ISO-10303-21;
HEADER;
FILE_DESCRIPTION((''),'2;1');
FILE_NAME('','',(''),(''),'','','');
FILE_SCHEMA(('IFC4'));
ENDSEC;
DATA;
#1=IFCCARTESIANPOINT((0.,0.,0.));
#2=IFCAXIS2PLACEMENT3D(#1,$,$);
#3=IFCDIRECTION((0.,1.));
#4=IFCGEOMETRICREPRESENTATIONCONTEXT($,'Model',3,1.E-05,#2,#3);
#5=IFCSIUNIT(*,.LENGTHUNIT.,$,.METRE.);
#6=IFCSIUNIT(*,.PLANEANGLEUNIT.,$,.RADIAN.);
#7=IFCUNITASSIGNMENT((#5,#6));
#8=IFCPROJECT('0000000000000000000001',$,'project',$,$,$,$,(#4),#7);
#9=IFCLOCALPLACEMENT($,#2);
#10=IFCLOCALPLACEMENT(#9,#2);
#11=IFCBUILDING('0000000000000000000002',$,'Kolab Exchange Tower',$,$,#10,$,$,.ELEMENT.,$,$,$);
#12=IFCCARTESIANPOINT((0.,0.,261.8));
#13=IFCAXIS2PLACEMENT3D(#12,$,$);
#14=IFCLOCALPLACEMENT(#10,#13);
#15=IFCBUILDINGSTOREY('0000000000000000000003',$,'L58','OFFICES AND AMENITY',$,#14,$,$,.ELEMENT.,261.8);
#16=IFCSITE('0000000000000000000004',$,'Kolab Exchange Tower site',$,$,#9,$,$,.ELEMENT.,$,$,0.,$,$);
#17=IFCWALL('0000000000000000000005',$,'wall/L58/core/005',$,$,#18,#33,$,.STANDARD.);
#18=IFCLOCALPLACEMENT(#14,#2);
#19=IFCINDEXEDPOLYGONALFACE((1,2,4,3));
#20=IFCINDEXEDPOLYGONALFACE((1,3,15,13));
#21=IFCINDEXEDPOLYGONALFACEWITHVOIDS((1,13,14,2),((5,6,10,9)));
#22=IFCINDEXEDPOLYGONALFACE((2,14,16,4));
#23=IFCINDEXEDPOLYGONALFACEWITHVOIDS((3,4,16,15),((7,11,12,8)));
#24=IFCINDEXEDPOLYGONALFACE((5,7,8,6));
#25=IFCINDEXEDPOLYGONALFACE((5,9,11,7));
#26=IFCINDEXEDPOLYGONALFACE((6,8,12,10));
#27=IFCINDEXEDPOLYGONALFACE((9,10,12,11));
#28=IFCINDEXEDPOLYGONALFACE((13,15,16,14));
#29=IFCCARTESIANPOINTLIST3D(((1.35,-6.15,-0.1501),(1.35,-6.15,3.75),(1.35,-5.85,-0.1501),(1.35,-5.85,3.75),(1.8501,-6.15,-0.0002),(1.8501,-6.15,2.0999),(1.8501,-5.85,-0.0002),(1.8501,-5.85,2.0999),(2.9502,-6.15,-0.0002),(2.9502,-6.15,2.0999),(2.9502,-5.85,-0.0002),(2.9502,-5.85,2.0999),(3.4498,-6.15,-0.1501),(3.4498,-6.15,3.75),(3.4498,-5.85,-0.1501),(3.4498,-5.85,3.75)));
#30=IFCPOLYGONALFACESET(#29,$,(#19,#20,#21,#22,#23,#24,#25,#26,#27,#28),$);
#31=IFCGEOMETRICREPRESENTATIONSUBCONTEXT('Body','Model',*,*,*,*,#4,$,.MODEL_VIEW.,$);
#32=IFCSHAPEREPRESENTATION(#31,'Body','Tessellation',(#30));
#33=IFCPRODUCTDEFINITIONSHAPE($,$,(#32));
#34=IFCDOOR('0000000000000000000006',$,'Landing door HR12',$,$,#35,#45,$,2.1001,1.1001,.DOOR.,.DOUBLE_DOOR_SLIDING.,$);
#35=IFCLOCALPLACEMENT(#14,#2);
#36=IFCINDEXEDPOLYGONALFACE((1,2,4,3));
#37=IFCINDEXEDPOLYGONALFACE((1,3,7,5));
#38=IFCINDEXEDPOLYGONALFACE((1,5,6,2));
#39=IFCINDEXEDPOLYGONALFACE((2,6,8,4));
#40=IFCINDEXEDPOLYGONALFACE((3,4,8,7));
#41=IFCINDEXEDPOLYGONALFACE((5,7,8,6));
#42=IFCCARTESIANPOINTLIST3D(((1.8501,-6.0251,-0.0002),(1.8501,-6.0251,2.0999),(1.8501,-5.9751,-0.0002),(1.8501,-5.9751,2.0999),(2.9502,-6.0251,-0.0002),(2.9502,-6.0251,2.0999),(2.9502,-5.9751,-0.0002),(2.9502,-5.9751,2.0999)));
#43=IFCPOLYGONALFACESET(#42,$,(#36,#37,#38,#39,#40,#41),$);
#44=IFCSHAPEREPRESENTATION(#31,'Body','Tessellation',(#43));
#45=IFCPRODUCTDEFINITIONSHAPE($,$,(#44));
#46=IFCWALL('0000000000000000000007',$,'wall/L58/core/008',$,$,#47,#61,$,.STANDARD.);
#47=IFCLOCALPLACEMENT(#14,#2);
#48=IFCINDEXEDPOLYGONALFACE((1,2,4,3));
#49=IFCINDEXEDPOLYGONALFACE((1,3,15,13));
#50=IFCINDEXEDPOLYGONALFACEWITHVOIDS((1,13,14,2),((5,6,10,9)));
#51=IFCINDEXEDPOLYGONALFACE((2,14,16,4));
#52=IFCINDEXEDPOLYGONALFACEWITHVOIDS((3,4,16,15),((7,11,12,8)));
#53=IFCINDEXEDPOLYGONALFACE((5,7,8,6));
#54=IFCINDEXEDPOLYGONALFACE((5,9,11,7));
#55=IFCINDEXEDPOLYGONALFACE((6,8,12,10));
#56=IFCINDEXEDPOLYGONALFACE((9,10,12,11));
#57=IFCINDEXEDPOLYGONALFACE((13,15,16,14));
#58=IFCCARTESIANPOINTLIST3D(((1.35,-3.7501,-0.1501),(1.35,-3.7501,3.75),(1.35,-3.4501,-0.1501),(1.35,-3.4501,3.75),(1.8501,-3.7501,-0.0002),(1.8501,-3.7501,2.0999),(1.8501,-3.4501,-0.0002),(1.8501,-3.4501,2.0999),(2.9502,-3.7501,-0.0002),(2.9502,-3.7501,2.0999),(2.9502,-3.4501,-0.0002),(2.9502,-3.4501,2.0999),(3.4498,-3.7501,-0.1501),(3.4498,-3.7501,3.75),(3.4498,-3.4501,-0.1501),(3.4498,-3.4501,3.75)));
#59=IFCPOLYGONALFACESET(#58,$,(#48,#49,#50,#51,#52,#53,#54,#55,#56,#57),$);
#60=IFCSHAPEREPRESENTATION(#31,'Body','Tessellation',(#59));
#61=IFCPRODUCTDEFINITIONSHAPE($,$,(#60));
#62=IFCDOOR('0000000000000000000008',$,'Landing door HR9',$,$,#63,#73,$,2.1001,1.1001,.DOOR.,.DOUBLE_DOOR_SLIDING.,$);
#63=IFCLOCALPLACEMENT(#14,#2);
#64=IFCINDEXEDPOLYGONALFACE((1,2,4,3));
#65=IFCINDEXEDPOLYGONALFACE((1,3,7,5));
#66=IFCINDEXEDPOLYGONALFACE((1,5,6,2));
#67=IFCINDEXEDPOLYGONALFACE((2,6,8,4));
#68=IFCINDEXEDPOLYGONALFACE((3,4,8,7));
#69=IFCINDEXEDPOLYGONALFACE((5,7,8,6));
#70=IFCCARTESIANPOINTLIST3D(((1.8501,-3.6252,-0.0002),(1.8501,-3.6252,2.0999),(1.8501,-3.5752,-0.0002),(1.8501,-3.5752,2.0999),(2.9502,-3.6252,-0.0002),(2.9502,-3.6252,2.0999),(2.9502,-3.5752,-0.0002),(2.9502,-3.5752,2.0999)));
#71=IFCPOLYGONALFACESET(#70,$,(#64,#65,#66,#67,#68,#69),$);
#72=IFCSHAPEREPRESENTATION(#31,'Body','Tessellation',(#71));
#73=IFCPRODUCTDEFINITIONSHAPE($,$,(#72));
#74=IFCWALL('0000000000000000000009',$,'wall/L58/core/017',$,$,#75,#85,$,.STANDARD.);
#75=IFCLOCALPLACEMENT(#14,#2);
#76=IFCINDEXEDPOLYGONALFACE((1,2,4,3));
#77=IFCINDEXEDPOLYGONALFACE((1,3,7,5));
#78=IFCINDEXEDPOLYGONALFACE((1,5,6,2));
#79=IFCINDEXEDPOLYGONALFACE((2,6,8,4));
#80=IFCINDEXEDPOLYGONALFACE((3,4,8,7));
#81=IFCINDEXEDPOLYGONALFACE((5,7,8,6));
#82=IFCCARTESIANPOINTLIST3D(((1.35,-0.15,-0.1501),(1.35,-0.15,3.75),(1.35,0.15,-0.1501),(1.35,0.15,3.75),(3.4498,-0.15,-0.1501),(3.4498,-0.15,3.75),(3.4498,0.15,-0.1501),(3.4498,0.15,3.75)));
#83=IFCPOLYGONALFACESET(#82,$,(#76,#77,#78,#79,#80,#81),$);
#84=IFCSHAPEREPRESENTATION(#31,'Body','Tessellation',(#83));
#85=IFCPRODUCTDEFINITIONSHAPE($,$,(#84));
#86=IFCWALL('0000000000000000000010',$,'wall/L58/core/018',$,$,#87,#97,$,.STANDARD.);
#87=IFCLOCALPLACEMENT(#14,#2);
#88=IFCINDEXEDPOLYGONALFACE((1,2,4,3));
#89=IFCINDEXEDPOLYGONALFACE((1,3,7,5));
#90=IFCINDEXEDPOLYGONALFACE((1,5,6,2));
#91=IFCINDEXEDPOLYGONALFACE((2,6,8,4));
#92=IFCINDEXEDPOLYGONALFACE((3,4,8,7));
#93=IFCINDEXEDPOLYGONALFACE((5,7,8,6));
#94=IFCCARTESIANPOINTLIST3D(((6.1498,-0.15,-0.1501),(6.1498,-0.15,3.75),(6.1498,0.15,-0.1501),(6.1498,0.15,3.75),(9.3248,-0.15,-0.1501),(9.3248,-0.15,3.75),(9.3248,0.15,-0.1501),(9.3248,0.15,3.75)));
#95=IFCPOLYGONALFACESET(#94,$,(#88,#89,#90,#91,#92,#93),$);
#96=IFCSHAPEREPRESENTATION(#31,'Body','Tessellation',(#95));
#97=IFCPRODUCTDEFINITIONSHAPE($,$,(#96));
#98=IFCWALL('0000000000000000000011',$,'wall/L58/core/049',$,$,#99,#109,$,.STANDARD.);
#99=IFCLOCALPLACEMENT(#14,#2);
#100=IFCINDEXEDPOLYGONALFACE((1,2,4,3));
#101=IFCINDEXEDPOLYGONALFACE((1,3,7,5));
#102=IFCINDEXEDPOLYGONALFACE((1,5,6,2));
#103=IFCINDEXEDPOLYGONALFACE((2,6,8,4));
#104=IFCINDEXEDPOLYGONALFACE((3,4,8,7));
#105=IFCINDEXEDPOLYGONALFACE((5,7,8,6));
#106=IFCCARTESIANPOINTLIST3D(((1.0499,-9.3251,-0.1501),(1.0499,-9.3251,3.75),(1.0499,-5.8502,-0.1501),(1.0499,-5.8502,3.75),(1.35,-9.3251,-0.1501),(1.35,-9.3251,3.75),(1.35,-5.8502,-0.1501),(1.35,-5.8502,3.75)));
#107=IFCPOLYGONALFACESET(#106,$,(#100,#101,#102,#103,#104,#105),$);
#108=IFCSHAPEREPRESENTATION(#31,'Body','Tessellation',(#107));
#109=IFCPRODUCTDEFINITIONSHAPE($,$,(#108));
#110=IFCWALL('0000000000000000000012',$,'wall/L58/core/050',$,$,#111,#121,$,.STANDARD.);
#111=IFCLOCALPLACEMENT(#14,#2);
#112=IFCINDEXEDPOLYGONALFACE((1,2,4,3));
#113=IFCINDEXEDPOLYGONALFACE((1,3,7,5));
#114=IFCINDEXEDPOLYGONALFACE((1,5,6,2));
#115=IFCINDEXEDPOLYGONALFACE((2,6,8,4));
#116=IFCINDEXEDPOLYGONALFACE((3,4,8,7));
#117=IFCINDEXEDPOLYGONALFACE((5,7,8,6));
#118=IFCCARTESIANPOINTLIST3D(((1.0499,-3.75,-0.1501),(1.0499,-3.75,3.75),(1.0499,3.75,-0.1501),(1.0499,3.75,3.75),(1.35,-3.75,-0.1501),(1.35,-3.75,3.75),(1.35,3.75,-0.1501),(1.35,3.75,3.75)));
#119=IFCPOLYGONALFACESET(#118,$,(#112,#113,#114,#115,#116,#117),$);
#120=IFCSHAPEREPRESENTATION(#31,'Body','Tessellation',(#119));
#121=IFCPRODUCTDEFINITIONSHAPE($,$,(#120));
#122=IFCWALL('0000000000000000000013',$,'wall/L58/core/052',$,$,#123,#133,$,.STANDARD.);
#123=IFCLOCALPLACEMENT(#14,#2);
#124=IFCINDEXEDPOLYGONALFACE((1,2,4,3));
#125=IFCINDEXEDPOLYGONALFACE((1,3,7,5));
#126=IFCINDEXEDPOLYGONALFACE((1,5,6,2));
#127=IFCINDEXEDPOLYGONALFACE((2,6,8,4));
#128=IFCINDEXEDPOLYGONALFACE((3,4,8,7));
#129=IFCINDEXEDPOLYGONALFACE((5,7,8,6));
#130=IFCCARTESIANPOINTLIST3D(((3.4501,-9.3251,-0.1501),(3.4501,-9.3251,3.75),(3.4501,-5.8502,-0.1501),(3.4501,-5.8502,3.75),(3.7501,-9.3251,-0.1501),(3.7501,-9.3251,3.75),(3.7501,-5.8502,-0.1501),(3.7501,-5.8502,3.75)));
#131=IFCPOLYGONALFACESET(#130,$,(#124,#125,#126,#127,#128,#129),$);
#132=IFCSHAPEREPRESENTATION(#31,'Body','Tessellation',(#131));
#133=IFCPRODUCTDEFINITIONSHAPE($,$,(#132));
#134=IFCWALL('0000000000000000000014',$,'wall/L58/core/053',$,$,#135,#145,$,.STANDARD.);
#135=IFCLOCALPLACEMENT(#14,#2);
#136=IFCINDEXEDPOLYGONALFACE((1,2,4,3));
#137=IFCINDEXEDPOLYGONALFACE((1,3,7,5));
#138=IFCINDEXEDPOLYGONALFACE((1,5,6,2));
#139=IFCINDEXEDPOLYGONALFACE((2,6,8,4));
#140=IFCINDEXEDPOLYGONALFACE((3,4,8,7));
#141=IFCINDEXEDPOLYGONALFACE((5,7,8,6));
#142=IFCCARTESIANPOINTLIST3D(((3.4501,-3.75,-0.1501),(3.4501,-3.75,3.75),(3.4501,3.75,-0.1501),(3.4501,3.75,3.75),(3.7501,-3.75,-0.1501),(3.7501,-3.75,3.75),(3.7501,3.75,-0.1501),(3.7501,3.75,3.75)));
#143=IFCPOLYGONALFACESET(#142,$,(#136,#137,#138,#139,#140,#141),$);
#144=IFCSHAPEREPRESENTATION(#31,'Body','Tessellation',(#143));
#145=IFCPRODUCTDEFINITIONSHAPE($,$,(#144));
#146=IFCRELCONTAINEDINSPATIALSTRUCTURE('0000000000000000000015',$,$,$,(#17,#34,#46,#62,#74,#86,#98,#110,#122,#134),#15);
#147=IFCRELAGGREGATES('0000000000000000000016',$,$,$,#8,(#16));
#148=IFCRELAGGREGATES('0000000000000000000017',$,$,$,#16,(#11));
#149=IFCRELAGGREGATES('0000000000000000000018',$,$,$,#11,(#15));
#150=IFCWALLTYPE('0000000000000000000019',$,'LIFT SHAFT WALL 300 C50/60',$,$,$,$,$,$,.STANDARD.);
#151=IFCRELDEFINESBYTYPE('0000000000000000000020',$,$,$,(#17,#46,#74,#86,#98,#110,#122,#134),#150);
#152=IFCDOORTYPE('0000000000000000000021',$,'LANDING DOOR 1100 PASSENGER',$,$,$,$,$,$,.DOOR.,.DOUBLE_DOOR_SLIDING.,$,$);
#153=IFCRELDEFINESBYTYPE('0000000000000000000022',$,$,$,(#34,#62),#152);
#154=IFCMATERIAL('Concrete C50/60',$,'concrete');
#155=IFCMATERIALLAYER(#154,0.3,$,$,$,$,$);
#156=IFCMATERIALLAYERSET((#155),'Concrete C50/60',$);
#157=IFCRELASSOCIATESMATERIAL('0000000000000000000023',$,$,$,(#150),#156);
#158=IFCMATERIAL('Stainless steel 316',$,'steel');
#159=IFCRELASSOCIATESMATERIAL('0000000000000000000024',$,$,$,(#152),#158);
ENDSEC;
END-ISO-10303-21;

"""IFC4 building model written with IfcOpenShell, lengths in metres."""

from ifc_helpers import new_model, si_unit, direction, frame, frame_2d, origin, place, context, subcontext, project, spatial, rectangle, extrude, material, layer, layer_set, type_object, element, fill, save


model = new_model("IFC4")

# Units and contexts
model_context = context("Model", 3, precision=1e-05, world=origin(), true_north=direction((0.0, 1.0)))
body_context = subcontext(model_context, "Body", "Model", "MODEL_VIEW")
ifc_project = project(units=[si_unit("LENGTHUNIT", "METRE"), si_unit("PLANEANGLEUNIT", "RADIAN")], contexts=[model_context])

# Site, building, storey
site_placement = place(None, origin())
site = spatial("IfcSite", under=ifc_project, at=site_placement, Name="Kolab Exchange Tower site", CompositionType="ELEMENT", RefElevation=0.0)
building_placement = place(site_placement, origin())
building = spatial("IfcBuilding", under=site, at=building_placement, Name="Kolab Exchange Tower", CompositionType="ELEMENT")
storey_placement = place(building_placement, frame((0.0, 0.0, 261.8)))
storey = spatial("IfcBuildingStorey", under=building, at=storey_placement, Name="L58", Description="OFFICES AND AMENITY", CompositionType="ELEMENT", Elevation=261.8)

# Walls, openings, doors
ifc_material_1 = material(Name="Concrete C50/60", Category="concrete")
ifc_layer_1 = layer(ifc_material_1, 0.3)
ifc_layer_set_1 = layer_set([ifc_layer_1], Name="Concrete C50/60")
wall_type_1 = type_object("IfcWallType", Name="LIFT SHAFT WALL 300 C50/60", PredefinedType="STANDARD", material=ifc_layer_set_1)
wall_1_placement = place(storey_placement, frame((1.3501, -6.0, -0.1501), z_axis=(0.0, 0.0, 1.0), x_axis=(1.0, 0.0, 0.0)))
wall_1 = element("IfcWall", 1, at=wall_1_placement, inside=storey, type_object=wall_type_1, Name="wall/L58/core/005", PredefinedType="STANDARD", context=body_context, shape_type="SweptSolid", body=[
    extrude(rectangle(XDim=2.0999, YDim=0.3, at=frame_2d((1.0498, 0.0))), origin(), (0.0, 0.0, 1.0), 3.9001),
])
opening_1_placement = place(wall_1_placement, frame((0.5, 0.0, 0.1499)))
opening_1 = element("IfcOpeningElement", 2, at=opening_1_placement, cuts=wall_1, PredefinedType="OPENING", context=body_context, shape_type="SweptSolid", body=[
    extrude(rectangle(XDim=1.1001, YDim=2.1001, at=frame_2d((0.55, 1.05))), frame((0.0, 0.1602, 0.0), z_axis=(0.0, -1.0, 0.0), x_axis=(1.0, 0.0, 0.0)), (0.0, 0.0, 1.0), 0.3201),
])
ifc_material_2 = material(Name="Stainless steel 316", Category="steel")
door_type_1 = type_object("IfcDoorType", Name="LANDING DOOR 1100 PASSENGER", OperationType="DOUBLE_DOOR_SLIDING", PredefinedType="DOOR", material=ifc_material_2)
door_1_placement = place(opening_1_placement, origin())
door_1 = element("IfcDoor", 3, at=door_1_placement, inside=storey, type_object=door_type_1, Name="Landing door HR12", OperationType="DOUBLE_DOOR_SLIDING", OverallHeight=2.1001, OverallWidth=1.1001, PredefinedType="DOOR", context=body_context, shape_type="SweptSolid", body=[
    extrude(rectangle(XDim=1.1001, YDim=2.1001, at=frame_2d((0.55, 1.05))), frame((0.0, 0.0249, 0.0), z_axis=(0.0, -1.0, 0.0), x_axis=(1.0, 0.0, 0.0)), (0.0, 0.0, 1.0), 0.05),
])
fill(opening_1, door_1)
wall_2_placement = place(storey_placement, frame((1.3501, -3.6001, -0.1501), z_axis=(0.0, 0.0, 1.0), x_axis=(1.0, 0.0, 0.0)))
wall_2 = element("IfcWall", 4, at=wall_2_placement, inside=storey, type_object=wall_type_1, Name="wall/L58/core/008", PredefinedType="STANDARD", context=body_context, shape_type="SweptSolid", body=[
    extrude(rectangle(XDim=2.0999, YDim=0.3, at=frame_2d((1.0498, 0.0))), origin(), (0.0, 0.0, 1.0), 3.9001),
])
opening_2_placement = place(wall_2_placement, frame((0.5, 0.0, 0.1499)))
opening_2 = element("IfcOpeningElement", 5, at=opening_2_placement, cuts=wall_2, PredefinedType="OPENING", context=body_context, shape_type="SweptSolid", body=[
    extrude(rectangle(XDim=1.1001, YDim=2.1001, at=frame_2d((0.55, 1.05))), frame((0.0, 0.1602, 0.0), z_axis=(0.0, -1.0, 0.0), x_axis=(1.0, 0.0, 0.0)), (0.0, 0.0, 1.0), 0.3201),
])
door_2_placement = place(opening_2_placement, origin())
door_2 = element("IfcDoor", 6, at=door_2_placement, inside=storey, type_object=door_type_1, Name="Landing door HR9", OperationType="DOUBLE_DOOR_SLIDING", OverallHeight=2.1001, OverallWidth=1.1001, PredefinedType="DOOR", context=body_context, shape_type="SweptSolid", body=[
    extrude(rectangle(XDim=1.1001, YDim=2.1001, at=frame_2d((0.55, 1.05))), frame((0.0, 0.0249, 0.0), z_axis=(0.0, -1.0, 0.0), x_axis=(1.0, 0.0, 0.0)), (0.0, 0.0, 1.0), 0.05),
])
fill(opening_2, door_2)

# Walls
wall_3_placement = place(storey_placement, frame((1.3501, 0.0, -0.1501), z_axis=(0.0, 0.0, 1.0), x_axis=(1.0, 0.0, 0.0)))
element("IfcWall", 7, at=wall_3_placement, inside=storey, type_object=wall_type_1, Name="wall/L58/core/017", PredefinedType="STANDARD", context=body_context, shape_type="SweptSolid", body=[
    extrude(rectangle(XDim=2.0999, YDim=0.3, at=frame_2d((1.0498, 0.0))), origin(), (0.0, 0.0, 1.0), 3.9001),
])
wall_4_placement = place(storey_placement, frame((6.1499, 0.0, -0.1501), z_axis=(0.0, 0.0, 1.0), x_axis=(1.0, 0.0, 0.0)))
element("IfcWall", 8, at=wall_4_placement, inside=storey, type_object=wall_type_1, Name="wall/L58/core/018", PredefinedType="STANDARD", context=body_context, shape_type="SweptSolid", body=[
    extrude(rectangle(XDim=3.175, YDim=0.3, at=frame_2d((1.5874, 0.0))), origin(), (0.0, 0.0, 1.0), 3.9001),
])
wall_5_placement = place(storey_placement, frame((1.2, -9.325, -0.1501), z_axis=(0.0, 0.0, 1.0), x_axis=(0.0, 1.0, 0.0)))
element("IfcWall", 9, at=wall_5_placement, inside=storey, type_object=wall_type_1, Name="wall/L58/core/049", PredefinedType="STANDARD", context=body_context, shape_type="SweptSolid", body=[
    extrude(rectangle(XDim=3.4749, YDim=0.3, at=frame_2d((1.7373, 0.0))), origin(), (0.0, 0.0, 1.0), 3.9001),
])
wall_6_placement = place(storey_placement, frame((1.2, -3.75, -0.1501), z_axis=(0.0, 0.0, 1.0), x_axis=(0.0, 1.0, 0.0)))
element("IfcWall", 10, at=wall_6_placement, inside=storey, type_object=wall_type_1, Name="wall/L58/core/050", PredefinedType="STANDARD", context=body_context, shape_type="SweptSolid", body=[
    extrude(rectangle(XDim=7.5, YDim=0.3, at=frame_2d((3.75, 0.0))), origin(), (0.0, 0.0, 1.0), 3.9001),
])
wall_7_placement = place(storey_placement, frame((3.6001, -9.325, -0.1501), z_axis=(0.0, 0.0, 1.0), x_axis=(0.0, 1.0, 0.0)))
element("IfcWall", 11, at=wall_7_placement, inside=storey, type_object=wall_type_1, Name="wall/L58/core/052", PredefinedType="STANDARD", context=body_context, shape_type="SweptSolid", body=[
    extrude(rectangle(XDim=3.4749, YDim=0.3, at=frame_2d((1.7373, 0.0))), origin(), (0.0, 0.0, 1.0), 3.9001),
])
wall_8_placement = place(storey_placement, frame((3.6001, -3.75, -0.1501), z_axis=(0.0, 0.0, 1.0), x_axis=(0.0, 1.0, 0.0)))
element("IfcWall", 12, at=wall_8_placement, inside=storey, type_object=wall_type_1, Name="wall/L58/core/053", PredefinedType="STANDARD", context=body_context, shape_type="SweptSolid", body=[
    extrude(rectangle(XDim=7.5, YDim=0.3, at=frame_2d((3.75, 0.0))), origin(), (0.0, 0.0, 1.0), 3.9001),
])

save(model, "model.ifc")
